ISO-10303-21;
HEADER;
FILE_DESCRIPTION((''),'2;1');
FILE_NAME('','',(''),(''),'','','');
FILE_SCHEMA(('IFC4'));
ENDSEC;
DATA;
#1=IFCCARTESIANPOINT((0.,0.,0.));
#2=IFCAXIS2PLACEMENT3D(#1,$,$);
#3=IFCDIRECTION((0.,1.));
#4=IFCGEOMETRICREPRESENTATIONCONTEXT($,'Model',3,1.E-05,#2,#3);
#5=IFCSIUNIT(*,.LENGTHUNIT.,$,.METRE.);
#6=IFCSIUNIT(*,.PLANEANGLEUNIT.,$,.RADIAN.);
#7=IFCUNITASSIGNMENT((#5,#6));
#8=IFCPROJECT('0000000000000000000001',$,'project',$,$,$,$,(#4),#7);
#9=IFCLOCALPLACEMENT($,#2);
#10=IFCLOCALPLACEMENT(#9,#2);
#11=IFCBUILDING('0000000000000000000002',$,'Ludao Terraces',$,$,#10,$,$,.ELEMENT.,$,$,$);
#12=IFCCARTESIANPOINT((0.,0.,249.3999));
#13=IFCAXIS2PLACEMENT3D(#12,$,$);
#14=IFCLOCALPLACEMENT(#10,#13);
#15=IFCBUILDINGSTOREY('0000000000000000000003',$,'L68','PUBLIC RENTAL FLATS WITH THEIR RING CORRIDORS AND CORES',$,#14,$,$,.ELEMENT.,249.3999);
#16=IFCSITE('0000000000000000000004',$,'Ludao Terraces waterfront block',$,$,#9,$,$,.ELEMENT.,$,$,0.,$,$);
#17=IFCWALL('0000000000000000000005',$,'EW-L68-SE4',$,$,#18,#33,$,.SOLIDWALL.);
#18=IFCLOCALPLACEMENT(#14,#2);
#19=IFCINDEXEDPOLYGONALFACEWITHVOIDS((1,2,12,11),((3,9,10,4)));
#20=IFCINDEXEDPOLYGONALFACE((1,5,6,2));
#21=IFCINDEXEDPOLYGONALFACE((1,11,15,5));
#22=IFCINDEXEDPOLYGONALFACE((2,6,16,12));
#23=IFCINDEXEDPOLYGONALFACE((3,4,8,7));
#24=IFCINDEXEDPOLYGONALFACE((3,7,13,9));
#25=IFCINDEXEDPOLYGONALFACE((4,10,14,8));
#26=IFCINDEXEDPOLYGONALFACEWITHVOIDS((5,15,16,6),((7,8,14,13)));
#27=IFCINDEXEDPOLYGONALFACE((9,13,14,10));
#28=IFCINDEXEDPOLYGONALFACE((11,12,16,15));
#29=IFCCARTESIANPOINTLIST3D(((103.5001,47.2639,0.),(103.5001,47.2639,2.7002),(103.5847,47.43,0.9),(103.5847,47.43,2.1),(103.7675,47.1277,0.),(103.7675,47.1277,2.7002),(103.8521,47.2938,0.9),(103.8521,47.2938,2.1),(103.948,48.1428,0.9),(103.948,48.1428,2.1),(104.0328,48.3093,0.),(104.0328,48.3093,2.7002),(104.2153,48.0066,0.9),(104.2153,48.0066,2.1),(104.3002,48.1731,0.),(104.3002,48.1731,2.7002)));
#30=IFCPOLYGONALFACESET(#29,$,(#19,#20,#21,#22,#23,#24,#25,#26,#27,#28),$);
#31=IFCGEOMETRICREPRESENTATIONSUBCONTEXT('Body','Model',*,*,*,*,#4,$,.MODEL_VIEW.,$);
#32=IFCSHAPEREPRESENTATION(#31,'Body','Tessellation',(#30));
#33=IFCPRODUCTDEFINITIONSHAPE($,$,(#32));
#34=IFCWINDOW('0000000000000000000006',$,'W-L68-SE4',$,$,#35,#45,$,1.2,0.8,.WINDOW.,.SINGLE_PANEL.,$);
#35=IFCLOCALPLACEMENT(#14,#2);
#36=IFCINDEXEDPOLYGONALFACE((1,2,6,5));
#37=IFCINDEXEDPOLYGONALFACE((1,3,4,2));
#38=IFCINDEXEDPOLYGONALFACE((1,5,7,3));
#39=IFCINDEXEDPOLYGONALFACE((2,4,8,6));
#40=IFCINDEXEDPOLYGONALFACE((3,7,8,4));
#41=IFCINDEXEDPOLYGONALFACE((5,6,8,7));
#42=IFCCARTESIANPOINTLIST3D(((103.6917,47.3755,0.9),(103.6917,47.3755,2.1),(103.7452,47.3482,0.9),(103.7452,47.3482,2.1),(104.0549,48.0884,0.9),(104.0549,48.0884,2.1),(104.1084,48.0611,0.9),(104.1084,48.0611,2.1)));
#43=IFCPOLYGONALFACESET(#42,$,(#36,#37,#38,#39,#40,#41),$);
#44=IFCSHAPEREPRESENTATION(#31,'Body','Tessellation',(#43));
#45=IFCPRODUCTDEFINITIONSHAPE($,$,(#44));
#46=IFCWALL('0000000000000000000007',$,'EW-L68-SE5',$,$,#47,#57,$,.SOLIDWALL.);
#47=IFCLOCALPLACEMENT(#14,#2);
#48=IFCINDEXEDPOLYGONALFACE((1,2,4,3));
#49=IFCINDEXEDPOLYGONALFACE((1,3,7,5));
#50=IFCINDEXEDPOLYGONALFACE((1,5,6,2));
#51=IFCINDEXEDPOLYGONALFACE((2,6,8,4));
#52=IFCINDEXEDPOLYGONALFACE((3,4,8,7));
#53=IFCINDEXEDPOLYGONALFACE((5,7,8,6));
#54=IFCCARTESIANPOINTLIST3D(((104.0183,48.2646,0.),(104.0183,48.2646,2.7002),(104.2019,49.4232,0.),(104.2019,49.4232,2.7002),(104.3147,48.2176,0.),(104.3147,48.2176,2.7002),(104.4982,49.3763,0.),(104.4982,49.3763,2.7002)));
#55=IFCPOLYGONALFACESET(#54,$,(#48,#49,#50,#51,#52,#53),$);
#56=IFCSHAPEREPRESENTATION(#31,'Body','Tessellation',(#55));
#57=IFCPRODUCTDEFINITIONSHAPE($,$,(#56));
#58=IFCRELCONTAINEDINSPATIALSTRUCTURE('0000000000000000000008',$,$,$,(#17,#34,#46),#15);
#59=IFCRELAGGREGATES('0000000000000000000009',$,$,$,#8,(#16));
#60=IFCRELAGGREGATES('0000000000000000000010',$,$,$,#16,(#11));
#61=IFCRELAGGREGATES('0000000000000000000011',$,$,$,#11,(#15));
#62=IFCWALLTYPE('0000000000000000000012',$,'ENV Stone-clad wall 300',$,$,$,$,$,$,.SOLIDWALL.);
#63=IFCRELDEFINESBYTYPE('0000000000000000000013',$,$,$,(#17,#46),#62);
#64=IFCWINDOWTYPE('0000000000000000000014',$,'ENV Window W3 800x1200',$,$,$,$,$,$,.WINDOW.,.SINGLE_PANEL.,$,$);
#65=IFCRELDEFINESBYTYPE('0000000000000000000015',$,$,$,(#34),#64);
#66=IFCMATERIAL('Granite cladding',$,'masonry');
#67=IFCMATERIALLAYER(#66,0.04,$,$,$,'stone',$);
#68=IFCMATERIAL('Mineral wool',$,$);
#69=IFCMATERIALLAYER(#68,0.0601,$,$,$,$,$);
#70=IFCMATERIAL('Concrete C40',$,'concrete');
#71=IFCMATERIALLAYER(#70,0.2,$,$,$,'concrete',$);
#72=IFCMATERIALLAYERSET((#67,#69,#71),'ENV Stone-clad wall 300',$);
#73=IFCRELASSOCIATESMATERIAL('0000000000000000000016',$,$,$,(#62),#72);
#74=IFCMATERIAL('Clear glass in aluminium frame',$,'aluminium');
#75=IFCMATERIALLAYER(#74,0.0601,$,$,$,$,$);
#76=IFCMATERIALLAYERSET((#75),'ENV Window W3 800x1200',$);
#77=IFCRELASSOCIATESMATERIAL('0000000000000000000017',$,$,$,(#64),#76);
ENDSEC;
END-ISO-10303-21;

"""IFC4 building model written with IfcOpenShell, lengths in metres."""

from ifc_helpers import new_model, si_unit, direction, frame, frame_2d, origin, place, context, subcontext, project, spatial, rectangle, extrude, material, layer, layer_set, type_object, element, fill, save


model = new_model("IFC4")

# Units and contexts
model_context = context("Model", 3, precision=1e-05, world=origin(), true_north=direction((0.0, 1.0)))
body_context = subcontext(model_context, "Body", "Model", "MODEL_VIEW")
ifc_project = project(units=[si_unit("LENGTHUNIT", "METRE"), si_unit("PLANEANGLEUNIT", "RADIAN")], contexts=[model_context])

# Site, building, storey
site_placement = place(None, origin())
site = spatial("IfcSite", under=ifc_project, at=site_placement, Name="Ludao Terraces waterfront block", CompositionType="ELEMENT", RefElevation=0.0)
building_placement = place(site_placement, origin())
building = spatial("IfcBuilding", under=site, at=building_placement, Name="Ludao Terraces", CompositionType="ELEMENT")
storey_placement = place(building_placement, frame((0.0, 0.0, 249.3999)))
storey = spatial("IfcBuildingStorey", under=building, at=storey_placement, Name="L68", Description="PUBLIC RENTAL FLATS WITH THEIR RING CORRIDORS AND CORES", CompositionType="ELEMENT", Elevation=249.3999)

# Shared definitions
ifc_material_1 = material(Name="Concrete C40", Category="concrete")

# Wall, opening, window
ifc_material_2 = material(Name="Granite cladding", Category="masonry")
ifc_layer_1 = layer(ifc_material_2, 0.04, Category="stone")
ifc_material_3 = material(Name="Mineral wool")
ifc_layer_2 = layer(ifc_material_3, 0.0601)
ifc_layer_3 = layer(ifc_material_1, 0.2, Category="concrete")
ifc_layer_set_1 = layer_set([ifc_layer_1, ifc_layer_2, ifc_layer_3], Name="ENV Stone-clad wall 300")
wall_type = type_object("IfcWallType", Name="ENV Stone-clad wall 300", PredefinedType="SOLIDWALL", material=ifc_layer_set_1)
ifc_material_4 = material(Name="Clear glass in aluminium frame", Category="aluminium")
ifc_layer_4 = layer(ifc_material_4, 0.0601)
ifc_layer_set_2 = layer_set([ifc_layer_4], Name="ENV Window W3 800x1200")
window_type_1 = type_object("IfcWindowType", Name="ENV Window W3 800x1200", PartitioningType="SINGLE_PANEL", PredefinedType="WINDOW", material=ifc_layer_set_2)
wall_1_placement = place(storey_placement, frame((103.6338, 47.1958, 0.0), z_axis=(0.0, 0.0, 1.0), x_axis=(0.454026, 0.890989, 0.0)))
wall_1 = element("IfcWall", 1, at=wall_1_placement, inside=storey, type_object=wall_type, Name="EW-L68-SE4", PredefinedType="SOLIDWALL", context=body_context, shape_type="SweptSolid", body=[
    extrude(rectangle(XDim=1.1733, YDim=0.3, at=frame_2d((0.5867, 0.0))), origin(), (0.0, 0.0, 1.0), 2.7002),
])
opening_1_placement = place(wall_1_placement, frame((0.1865, 0.0, 0.8999)))
opening_1 = element("IfcOpeningElement", 2, at=opening_1_placement, cuts=wall_1, PredefinedType="OPENING", context=body_context, shape_type="SweptSolid", body=[
    extrude(rectangle(XDim=0.8, YDim=1.2, at=frame_2d((0.3999, 0.6001))), frame((0.0, 0.1602, 0.0), z_axis=(0.0, -1.0, 0.0), x_axis=(1.0, 0.0, 0.0)), (0.0, 0.0, 1.0), 0.3201),
])
window_1_placement = place(opening_1_placement, origin())
window_1 = element("IfcWindow", 3, at=window_1_placement, inside=storey, type_object=window_type_1, Name="W-L68-SE4", OverallHeight=1.2, OverallWidth=0.8, PartitioningType="SINGLE_PANEL", PredefinedType="WINDOW", context=body_context, shape_type="SweptSolid", body=[
    extrude(rectangle(XDim=0.8, YDim=1.2, at=frame_2d((0.3999, 0.6001))), frame((0.0, 0.03, 0.0), z_axis=(0.0, -1.0, 0.0), x_axis=(1.0, 0.0, 0.0)), (0.0, 0.0, 1.0), 0.0601),
])
fill(opening_1, window_1)

# Wall
wall_2_placement = place(storey_placement, frame((104.1665, 48.2412, 0.0), z_axis=(0.0, 0.0, 1.0), x_axis=(0.156497, 0.987678, 0.0)))
element("IfcWall", 4, at=wall_2_placement, inside=storey, type_object=wall_type, Name="EW-L68-SE5", PredefinedType="SOLIDWALL", context=body_context, shape_type="SweptSolid", body=[
    extrude(rectangle(XDim=1.1731, YDim=0.3, at=frame_2d((0.5864, 0.0))), origin(), (0.0, 0.0, 1.0), 2.7002),
])

save(model, "model.ifc")
